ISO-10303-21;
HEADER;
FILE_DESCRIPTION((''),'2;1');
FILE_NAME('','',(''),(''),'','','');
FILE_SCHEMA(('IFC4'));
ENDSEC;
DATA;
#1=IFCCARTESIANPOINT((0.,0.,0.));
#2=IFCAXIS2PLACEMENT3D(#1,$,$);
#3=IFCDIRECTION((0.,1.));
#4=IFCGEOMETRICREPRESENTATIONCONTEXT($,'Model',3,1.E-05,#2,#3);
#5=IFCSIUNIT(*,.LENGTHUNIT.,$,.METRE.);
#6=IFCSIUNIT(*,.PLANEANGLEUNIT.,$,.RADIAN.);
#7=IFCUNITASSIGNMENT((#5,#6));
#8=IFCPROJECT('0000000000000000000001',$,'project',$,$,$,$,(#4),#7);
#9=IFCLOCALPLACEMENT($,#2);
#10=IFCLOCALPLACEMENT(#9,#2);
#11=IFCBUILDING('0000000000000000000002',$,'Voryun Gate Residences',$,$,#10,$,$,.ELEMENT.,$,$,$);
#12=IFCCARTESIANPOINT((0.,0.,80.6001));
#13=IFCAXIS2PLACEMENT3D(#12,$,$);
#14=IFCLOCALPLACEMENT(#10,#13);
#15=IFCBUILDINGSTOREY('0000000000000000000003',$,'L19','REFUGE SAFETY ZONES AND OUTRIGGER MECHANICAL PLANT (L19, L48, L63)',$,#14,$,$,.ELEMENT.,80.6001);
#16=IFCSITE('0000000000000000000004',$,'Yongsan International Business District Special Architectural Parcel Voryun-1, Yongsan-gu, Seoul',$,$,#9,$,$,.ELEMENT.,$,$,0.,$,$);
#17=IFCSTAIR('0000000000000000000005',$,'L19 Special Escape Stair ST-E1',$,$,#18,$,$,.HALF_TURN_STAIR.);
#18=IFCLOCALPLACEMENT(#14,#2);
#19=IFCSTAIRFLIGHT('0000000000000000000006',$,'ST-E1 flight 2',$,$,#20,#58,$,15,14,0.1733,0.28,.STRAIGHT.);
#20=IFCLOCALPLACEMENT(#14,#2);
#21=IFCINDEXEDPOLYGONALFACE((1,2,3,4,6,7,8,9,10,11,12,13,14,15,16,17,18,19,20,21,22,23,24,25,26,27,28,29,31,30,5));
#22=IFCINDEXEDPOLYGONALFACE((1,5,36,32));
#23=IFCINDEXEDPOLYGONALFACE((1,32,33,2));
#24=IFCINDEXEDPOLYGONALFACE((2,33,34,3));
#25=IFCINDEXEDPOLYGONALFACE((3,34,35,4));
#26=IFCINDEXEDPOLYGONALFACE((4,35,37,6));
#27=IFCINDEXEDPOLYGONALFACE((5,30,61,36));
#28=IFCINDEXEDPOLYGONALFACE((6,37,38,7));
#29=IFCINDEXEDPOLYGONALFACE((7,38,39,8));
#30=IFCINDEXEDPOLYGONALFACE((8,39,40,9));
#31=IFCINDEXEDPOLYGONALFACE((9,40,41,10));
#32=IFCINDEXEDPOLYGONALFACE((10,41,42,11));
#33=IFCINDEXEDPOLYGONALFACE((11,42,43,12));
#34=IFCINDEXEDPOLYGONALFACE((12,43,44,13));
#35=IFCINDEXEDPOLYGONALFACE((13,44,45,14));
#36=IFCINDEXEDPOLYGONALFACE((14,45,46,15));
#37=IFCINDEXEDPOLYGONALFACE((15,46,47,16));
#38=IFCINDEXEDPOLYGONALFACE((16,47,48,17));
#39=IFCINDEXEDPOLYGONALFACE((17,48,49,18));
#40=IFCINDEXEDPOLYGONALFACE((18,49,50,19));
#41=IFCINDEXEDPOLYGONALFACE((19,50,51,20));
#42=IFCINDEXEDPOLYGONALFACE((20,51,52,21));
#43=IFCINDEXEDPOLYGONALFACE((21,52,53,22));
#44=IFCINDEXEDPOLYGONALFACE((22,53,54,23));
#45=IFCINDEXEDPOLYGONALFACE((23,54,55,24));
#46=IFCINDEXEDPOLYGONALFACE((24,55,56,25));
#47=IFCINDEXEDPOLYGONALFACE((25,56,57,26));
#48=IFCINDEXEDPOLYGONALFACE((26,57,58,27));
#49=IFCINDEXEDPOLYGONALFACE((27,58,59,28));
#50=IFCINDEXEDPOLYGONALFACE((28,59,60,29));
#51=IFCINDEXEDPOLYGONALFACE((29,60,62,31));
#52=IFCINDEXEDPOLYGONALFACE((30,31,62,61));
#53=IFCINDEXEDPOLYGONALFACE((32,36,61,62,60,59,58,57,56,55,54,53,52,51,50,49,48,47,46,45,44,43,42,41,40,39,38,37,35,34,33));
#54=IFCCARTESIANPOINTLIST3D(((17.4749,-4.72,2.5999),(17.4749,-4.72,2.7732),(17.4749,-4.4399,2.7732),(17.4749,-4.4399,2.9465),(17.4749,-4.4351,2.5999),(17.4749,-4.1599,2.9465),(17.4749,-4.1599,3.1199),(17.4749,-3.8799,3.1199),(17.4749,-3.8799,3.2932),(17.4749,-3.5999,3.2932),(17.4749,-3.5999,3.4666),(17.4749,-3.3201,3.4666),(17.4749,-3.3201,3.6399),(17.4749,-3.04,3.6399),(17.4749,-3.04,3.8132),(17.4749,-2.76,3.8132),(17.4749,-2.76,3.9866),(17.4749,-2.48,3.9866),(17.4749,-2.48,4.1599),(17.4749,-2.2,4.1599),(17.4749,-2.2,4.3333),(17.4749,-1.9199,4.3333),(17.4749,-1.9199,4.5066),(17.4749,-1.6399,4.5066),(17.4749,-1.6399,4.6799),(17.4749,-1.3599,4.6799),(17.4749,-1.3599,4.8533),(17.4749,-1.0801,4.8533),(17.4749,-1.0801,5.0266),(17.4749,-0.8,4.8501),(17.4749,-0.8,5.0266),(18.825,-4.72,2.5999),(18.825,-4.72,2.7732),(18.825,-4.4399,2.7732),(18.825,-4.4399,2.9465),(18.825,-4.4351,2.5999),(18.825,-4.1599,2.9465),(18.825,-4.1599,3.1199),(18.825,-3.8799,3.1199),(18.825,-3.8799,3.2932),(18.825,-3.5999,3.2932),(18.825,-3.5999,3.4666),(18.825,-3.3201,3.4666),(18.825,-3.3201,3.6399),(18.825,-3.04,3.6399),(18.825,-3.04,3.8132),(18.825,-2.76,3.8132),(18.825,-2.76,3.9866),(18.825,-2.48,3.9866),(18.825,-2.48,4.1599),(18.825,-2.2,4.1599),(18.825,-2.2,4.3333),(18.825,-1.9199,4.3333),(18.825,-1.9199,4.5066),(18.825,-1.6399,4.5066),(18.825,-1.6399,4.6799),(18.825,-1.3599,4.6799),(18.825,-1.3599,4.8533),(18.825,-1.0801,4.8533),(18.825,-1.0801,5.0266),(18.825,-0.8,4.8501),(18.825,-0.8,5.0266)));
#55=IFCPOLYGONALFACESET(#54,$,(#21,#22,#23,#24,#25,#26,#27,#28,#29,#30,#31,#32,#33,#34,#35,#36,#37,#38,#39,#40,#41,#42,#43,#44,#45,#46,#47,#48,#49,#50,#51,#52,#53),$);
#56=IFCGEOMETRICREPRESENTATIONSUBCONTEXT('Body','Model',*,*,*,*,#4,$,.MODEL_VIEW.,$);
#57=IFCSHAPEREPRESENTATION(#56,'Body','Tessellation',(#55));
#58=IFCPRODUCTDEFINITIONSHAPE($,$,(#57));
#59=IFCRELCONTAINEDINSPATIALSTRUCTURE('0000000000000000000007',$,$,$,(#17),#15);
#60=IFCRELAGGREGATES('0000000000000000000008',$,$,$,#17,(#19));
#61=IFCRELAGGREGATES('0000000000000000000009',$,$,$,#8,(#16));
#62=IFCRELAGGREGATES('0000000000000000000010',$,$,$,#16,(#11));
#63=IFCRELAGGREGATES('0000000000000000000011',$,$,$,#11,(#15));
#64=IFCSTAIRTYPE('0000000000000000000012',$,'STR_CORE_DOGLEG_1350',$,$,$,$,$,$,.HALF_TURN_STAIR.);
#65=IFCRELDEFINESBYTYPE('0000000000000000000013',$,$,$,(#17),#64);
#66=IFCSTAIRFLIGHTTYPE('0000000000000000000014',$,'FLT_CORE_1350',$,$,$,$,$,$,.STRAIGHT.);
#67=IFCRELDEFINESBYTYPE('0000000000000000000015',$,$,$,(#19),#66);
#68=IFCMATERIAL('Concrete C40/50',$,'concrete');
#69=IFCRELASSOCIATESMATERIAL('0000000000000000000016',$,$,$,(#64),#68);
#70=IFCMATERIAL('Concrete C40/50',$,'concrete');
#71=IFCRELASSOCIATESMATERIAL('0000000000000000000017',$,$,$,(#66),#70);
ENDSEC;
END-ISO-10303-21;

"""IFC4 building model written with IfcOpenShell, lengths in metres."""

from ifc_helpers import new_model, si_unit, direction, frame, origin, place, context, subcontext, project, spatial, polyline, outline, extrude, material, type_object, element, aggregate, save


model = new_model("IFC4")

# Units and contexts
model_context = context("Model", 3, precision=1e-05, world=origin(), true_north=direction((0.0, 1.0)))
body_context = subcontext(model_context, "Body", "Model", "MODEL_VIEW")
ifc_project = project(units=[si_unit("LENGTHUNIT", "METRE"), si_unit("PLANEANGLEUNIT", "RADIAN")], contexts=[model_context])

# Site, building, storey
site_placement = place(None, origin())
site = spatial("IfcSite", under=ifc_project, at=site_placement, Name="Yongsan International Business District Special Architectural Parcel Voryun-1, Yongsan-gu, Seoul", CompositionType="ELEMENT", RefElevation=0.0)
building_placement = place(site_placement, origin())
building = spatial("IfcBuilding", under=site, at=building_placement, Name="Voryun Gate Residences", CompositionType="ELEMENT")
storey_placement = place(building_placement, frame((0.0, 0.0, 80.6001)))
storey = spatial("IfcBuildingStorey", under=building, at=storey_placement, Name="L19", Description="REFUGE SAFETY ZONES AND OUTRIGGER MECHANICAL PLANT (L19, L48, L63)", CompositionType="ELEMENT", Elevation=80.6001)

# Stair, stair flight
ifc_material_1 = material(Name="Concrete C40/50", Category="concrete")
stair_type = type_object("IfcStairType", Name="STR_CORE_DOGLEG_1350", PredefinedType="HALF_TURN_STAIR", material=ifc_material_1)
stair_placement = place(storey_placement, origin())
stair = element("IfcStair", 1, at=stair_placement, inside=storey, type_object=stair_type, Name="L19 Special Escape Stair ST-E1", PredefinedType="HALF_TURN_STAIR")
ifc_material_2 = material(Name="Concrete C40/50", Category="concrete")
stair_flight_type = type_object("IfcStairFlightType", Name="FLT_CORE_1350", PredefinedType="STRAIGHT", material=ifc_material_2)
stair_flight_1_placement = place(storey_placement, frame((18.1499, -4.72, 2.5999), z_axis=(0.0, 0.0, 1.0), x_axis=(0.0, 1.0, 0.0)))
stair_flight_1 = element("IfcStairFlight", 2, at=stair_flight_1_placement, type_object=stair_flight_type, Name="ST-E1 flight 2", NumberOfRisers=15, NumberOfTreads=14, PredefinedType="STRAIGHT", RiserHeight=0.1733, TreadLength=0.28, context=body_context, shape_type="SweptSolid", body=[
    extrude(outline(polyline([(0.0, 0.0), (0.0, 0.1733), (0.28, 0.1733), (0.28, 0.3467), (0.5601, 0.3467), (0.5601, 0.52), (0.8401, 0.52), (0.8401, 0.6934), (1.1201, 0.6934), (1.1201, 0.8667), (1.3999, 0.8667), (1.3999, 1.04), (1.6799, 1.04), (1.6799, 1.2134), (1.96, 1.2134), (1.96, 1.3867), (2.24, 1.3867), (2.24, 1.5601), (2.52, 1.5601), (2.52, 1.7334), (2.8, 1.7334), (2.8, 1.9067), (3.0801, 1.9067), (3.0801, 2.0801), (3.3601, 2.0801), (3.3601, 2.2534), (3.6399, 2.2534), (3.6399, 2.4268), (3.9199, 2.4268), (3.9199, 2.6001), (3.9199, 2.2502), (0.2849, 0.0), (0.0, 0.0)])), frame((0.0, 0.675, 0.0), z_axis=(0.0, -1.0, 0.0), x_axis=(1.0, 0.0, 0.0)), (0.0, 0.0, 1.0), 1.3501),
])
aggregate(stair, [stair_flight_1])

save(model, "model.ifc")
